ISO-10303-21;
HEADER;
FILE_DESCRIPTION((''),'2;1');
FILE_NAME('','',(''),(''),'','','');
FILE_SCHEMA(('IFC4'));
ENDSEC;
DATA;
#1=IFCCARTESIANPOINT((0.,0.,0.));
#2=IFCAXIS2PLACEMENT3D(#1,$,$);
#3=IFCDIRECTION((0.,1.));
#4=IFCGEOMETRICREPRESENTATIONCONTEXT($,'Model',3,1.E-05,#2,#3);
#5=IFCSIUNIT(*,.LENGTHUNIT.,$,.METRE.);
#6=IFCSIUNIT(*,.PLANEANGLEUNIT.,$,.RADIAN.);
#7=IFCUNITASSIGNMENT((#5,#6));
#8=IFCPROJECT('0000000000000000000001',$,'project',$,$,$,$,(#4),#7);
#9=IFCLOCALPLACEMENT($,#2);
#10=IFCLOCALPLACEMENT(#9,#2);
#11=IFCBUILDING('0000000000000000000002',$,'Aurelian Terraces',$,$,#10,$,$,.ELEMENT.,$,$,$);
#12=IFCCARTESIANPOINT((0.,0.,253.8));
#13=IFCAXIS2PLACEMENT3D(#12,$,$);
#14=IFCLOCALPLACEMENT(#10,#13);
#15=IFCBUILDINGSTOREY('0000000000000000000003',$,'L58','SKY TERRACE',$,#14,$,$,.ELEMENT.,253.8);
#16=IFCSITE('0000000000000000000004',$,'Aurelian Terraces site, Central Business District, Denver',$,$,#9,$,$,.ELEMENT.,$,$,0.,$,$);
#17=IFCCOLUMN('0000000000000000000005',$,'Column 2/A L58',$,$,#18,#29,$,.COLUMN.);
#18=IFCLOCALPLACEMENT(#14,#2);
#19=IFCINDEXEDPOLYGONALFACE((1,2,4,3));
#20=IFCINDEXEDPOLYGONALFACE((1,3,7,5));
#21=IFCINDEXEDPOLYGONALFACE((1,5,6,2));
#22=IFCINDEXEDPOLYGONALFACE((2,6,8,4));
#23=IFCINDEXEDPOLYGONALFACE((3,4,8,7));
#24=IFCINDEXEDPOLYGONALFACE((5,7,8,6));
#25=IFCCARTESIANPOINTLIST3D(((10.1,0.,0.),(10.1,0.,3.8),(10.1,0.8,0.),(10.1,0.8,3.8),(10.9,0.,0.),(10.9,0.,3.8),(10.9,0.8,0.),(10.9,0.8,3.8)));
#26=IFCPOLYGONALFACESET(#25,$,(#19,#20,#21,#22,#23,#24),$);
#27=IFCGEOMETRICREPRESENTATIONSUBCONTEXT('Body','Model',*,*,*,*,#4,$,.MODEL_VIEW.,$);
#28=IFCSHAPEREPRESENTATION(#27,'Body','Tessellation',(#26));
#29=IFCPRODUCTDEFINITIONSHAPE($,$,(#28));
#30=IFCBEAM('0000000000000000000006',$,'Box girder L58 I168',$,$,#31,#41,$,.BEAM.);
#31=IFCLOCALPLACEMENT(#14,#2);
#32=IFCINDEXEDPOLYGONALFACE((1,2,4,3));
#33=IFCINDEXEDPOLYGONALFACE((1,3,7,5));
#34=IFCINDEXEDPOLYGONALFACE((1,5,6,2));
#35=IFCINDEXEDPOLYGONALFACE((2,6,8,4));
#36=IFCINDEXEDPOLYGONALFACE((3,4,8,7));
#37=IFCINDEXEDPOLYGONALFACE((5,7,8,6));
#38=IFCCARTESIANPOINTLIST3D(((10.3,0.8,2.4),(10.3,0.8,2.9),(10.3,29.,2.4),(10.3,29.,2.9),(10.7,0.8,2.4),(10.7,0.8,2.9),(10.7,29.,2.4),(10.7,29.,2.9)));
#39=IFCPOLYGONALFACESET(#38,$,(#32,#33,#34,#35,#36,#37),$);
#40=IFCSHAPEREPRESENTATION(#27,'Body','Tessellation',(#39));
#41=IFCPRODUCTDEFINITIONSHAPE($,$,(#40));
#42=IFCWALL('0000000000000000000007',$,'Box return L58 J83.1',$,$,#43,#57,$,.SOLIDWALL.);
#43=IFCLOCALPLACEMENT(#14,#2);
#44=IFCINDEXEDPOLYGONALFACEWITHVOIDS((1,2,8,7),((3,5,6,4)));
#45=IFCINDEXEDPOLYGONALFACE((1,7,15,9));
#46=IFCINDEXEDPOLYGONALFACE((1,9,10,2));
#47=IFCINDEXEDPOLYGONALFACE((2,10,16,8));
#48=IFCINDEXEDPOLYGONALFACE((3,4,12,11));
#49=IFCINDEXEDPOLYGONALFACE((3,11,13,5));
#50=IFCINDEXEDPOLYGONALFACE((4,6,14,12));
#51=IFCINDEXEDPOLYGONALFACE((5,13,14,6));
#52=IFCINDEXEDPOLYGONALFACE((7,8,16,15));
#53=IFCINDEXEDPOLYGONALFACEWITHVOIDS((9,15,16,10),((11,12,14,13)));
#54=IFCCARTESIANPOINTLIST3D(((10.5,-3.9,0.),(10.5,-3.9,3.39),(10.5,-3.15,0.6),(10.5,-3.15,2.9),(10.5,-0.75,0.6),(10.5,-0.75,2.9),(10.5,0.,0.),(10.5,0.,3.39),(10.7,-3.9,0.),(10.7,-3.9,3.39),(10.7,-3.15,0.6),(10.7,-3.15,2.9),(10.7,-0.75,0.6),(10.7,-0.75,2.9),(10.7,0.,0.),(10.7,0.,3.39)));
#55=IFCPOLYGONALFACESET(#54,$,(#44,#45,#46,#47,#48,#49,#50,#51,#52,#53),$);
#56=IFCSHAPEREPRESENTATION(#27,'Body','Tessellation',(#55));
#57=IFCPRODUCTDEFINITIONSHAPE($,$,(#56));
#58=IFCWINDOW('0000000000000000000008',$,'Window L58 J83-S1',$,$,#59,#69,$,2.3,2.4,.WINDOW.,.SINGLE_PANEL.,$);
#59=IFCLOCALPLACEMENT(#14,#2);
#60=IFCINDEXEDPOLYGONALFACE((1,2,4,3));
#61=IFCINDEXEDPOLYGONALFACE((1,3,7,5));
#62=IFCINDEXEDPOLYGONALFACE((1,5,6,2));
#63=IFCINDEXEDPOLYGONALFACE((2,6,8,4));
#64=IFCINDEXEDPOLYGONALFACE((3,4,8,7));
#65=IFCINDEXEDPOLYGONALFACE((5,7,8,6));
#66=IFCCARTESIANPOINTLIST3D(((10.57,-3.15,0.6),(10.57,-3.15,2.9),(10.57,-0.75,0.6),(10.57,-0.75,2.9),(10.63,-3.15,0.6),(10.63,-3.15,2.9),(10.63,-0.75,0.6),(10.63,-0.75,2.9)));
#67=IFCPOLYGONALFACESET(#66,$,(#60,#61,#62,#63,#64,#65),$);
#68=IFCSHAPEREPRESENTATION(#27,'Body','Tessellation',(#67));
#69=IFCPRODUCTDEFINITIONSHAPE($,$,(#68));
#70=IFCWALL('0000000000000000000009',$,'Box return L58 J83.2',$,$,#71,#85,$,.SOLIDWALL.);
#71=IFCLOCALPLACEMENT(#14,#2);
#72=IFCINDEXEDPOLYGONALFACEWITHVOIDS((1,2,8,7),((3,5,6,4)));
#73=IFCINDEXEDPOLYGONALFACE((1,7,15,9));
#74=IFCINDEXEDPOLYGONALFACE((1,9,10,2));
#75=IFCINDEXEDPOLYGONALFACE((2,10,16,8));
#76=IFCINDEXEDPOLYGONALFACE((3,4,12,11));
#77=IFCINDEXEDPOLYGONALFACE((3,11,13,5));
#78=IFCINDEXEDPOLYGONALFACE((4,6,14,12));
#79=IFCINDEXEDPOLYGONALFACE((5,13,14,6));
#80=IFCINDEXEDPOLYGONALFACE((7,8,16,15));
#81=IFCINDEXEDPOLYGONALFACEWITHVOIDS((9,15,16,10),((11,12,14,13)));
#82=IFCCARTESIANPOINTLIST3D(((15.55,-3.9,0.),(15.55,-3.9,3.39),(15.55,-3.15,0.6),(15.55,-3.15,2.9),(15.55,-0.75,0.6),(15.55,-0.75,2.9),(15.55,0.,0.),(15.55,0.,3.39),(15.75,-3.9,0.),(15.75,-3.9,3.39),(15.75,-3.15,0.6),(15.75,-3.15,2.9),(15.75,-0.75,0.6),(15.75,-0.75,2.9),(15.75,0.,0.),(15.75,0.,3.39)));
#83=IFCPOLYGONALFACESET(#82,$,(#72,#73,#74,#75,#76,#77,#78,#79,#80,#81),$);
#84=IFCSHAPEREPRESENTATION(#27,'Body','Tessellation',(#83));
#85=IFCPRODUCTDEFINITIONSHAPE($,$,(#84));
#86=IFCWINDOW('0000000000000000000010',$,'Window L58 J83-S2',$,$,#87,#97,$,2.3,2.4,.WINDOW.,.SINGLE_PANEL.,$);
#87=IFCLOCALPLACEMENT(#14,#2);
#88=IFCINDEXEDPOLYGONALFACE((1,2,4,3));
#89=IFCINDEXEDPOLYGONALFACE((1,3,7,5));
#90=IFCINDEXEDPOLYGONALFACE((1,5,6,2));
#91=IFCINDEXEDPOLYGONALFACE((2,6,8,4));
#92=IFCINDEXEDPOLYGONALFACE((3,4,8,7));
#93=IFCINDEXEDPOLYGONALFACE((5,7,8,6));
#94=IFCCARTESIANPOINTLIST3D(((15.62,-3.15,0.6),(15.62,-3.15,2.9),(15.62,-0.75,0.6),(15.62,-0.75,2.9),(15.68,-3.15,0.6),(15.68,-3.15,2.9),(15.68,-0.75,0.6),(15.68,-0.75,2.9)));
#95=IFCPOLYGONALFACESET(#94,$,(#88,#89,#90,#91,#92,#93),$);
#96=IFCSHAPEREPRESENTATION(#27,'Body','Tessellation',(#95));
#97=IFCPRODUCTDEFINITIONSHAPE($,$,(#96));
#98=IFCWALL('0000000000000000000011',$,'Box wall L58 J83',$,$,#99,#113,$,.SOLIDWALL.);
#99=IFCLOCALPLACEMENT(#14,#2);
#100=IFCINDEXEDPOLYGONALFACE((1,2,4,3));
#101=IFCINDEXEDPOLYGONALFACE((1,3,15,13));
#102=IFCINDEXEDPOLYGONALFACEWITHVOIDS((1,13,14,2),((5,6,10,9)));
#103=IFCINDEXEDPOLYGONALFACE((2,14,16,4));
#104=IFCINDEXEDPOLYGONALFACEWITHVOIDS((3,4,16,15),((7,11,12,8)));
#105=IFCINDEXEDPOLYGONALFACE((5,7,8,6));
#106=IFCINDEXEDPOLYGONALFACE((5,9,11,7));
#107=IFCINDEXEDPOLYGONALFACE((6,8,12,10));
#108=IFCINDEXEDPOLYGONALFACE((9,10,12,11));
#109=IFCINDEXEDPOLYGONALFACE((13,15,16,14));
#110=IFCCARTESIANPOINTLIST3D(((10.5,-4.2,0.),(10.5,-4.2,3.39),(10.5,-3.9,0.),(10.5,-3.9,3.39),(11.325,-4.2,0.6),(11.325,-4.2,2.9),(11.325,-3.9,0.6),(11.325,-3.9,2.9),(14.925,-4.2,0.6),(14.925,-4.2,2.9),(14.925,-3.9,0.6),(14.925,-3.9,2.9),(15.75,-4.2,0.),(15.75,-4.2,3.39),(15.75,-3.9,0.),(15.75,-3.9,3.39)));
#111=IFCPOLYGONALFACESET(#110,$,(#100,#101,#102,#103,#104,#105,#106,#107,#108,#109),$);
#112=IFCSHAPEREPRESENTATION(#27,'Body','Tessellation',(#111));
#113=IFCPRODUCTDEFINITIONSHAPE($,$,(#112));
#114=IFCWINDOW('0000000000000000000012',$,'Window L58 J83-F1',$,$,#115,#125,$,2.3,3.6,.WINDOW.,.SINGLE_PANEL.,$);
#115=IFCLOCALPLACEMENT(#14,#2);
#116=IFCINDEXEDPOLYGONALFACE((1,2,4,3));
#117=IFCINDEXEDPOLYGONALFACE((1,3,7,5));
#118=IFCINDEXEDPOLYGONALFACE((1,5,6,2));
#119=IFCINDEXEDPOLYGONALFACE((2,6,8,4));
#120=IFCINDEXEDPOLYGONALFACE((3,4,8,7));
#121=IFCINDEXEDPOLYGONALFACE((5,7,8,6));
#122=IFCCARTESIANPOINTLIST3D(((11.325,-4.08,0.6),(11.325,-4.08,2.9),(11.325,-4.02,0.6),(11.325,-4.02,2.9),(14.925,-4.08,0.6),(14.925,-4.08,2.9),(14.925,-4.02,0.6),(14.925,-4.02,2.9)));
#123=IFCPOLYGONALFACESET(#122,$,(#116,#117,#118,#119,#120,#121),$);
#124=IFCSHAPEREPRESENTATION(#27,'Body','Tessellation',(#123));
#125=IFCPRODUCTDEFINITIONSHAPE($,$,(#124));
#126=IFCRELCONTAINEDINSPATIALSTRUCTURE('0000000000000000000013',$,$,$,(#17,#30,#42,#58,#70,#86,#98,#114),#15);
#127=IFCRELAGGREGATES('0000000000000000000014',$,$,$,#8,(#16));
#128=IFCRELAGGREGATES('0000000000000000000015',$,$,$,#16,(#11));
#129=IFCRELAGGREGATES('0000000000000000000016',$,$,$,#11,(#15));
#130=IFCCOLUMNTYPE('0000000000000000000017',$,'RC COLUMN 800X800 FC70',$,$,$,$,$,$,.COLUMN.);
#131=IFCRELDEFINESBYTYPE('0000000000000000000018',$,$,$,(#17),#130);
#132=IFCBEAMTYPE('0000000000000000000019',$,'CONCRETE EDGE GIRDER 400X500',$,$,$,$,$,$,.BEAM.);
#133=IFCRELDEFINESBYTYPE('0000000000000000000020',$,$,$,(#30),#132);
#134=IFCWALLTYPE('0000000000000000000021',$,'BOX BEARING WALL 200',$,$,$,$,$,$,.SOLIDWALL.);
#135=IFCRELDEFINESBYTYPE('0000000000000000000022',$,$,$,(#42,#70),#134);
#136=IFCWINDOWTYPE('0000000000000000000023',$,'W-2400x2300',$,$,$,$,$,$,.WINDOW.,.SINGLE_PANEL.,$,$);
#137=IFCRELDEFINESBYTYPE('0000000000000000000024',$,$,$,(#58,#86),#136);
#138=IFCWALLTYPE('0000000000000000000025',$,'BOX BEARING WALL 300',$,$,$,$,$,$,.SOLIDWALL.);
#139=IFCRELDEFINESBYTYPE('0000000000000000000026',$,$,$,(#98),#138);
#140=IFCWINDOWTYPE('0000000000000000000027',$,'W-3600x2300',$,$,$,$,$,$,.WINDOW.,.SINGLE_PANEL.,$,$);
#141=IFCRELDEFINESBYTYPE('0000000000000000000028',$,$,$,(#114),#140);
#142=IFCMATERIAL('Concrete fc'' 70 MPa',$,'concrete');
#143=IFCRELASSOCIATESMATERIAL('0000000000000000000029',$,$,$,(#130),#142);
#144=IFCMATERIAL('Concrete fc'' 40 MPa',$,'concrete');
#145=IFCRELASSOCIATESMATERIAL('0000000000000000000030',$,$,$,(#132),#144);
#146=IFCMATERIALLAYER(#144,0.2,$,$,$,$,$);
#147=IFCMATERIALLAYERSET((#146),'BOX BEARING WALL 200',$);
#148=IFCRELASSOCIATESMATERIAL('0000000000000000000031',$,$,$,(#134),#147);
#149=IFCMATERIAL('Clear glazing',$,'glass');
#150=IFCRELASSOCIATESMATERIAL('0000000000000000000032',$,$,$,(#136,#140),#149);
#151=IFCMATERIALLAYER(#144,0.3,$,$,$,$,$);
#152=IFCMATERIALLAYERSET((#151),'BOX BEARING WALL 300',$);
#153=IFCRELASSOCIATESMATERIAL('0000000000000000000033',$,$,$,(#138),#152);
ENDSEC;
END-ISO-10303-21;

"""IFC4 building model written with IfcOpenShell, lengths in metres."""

from ifc_helpers import new_model, si_unit, direction, frame, frame_2d, origin, origin_2d, place, context, subcontext, project, spatial, rectangle, extrude, source, transform, mapped, material, layer, layer_set, material_profile, profile_set, type_object, element, fill, save


model = new_model("IFC4")

# Units and contexts
model_context = context("Model", 3, precision=1e-05, world=origin(), true_north=direction((0.0, 1.0)))
body_context = subcontext(model_context, "Body", "Model", "MODEL_VIEW")
ifc_project = project(units=[si_unit("LENGTHUNIT", "METRE"), si_unit("PLANEANGLEUNIT", "RADIAN")], contexts=[model_context])

# Site, building, storey
site_placement = place(None, origin())
site = spatial("IfcSite", under=ifc_project, at=site_placement, Name="Aurelian Terraces site, Central Business District, Denver", CompositionType="ELEMENT", RefElevation=0.0)
building_placement = place(site_placement, origin())
building = spatial("IfcBuilding", under=site, at=building_placement, Name="Aurelian Terraces", CompositionType="ELEMENT")
storey_placement = place(building_placement, frame((0.0, 0.0, 253.8)))
storey = spatial("IfcBuildingStorey", under=building, at=storey_placement, Name="L58", Description="SKY TERRACE", CompositionType="ELEMENT", Elevation=253.8)

# Column
ifc_material_1 = material(Name="Concrete fc' 70 MPa", Category="concrete")
ifc_material_profile_1 = material_profile(ifc_material_1, rectangle(XDim=0.8, YDim=0.8, at=origin_2d()))
ifc_profile_set_1 = profile_set([ifc_material_profile_1], Name="Concrete fc' 70 MPa")
column_type = type_object("IfcColumnType", Name="RC COLUMN 800X800 FC70", PredefinedType="COLUMN", material=ifc_profile_set_1)
shared_shape_1 = source(origin(), body_context, "Body", "SweptSolid", [
    extrude(rectangle(XDim=0.8, YDim=0.8, at=origin_2d()), origin(), (0.0, 0.0, 1.0), 3.8),
])
column_placement = place(storey_placement, frame((10.5, 0.4, 0.0), z_axis=(0.0, 0.0, 1.0), x_axis=(1.0, 0.0, 0.0)))
element("IfcColumn", 1, at=column_placement, inside=storey, type_object=column_type, Name="Column 2/A L58", PredefinedType="COLUMN", context=body_context, shape_type="MappedRepresentation", body=[
    mapped(shared_shape_1, transform((0.0, 0.0, 0.0), scale=1.0)),
])

# Beam
ifc_material_2 = material(Name="Concrete fc' 40 MPa", Category="concrete")
ifc_material_profile_2 = material_profile(ifc_material_2, rectangle(XDim=0.4, YDim=0.5, at=origin_2d()))
ifc_profile_set_2 = profile_set([ifc_material_profile_2], Name="Concrete fc' 40 MPa")
beam_type = type_object("IfcBeamType", Name="CONCRETE EDGE GIRDER 400X500", PredefinedType="BEAM", material=ifc_profile_set_2)
shared_shape_2 = source(origin(), body_context, "Body", "SweptSolid", [
    extrude(rectangle(XDim=0.4, YDim=0.5, at=origin_2d()), origin(), (0.0, 0.0, 1.0), 28.2),
])
beam_placement = place(storey_placement, frame((10.5, 0.8, 2.65), z_axis=(0.0, 1.0, 0.0), x_axis=(-1.0, 0.0, 0.0)))
element("IfcBeam", 2, at=beam_placement, inside=storey, type_object=beam_type, Name="Box girder L58 I168", PredefinedType="BEAM", context=body_context, shape_type="MappedRepresentation", body=[
    mapped(shared_shape_2, transform((0.0, 0.0, 0.0), scale=1.0)),
])

# Walls, openings, windows
ifc_layer_1 = layer(ifc_material_2, 0.2)
ifc_layer_set_1 = layer_set([ifc_layer_1], Name="BOX BEARING WALL 200")
wall_type_1 = type_object("IfcWallType", Name="BOX BEARING WALL 200", PredefinedType="SOLIDWALL", material=ifc_layer_set_1)
shared_shape_3 = source(origin(), body_context, "Body", "SweptSolid", [
    extrude(rectangle(XDim=3.9, YDim=0.2, at=frame_2d((1.95, 0.0))), origin(), (0.0, 0.0, 1.0), 3.39),
])
wall_1_placement = place(storey_placement, frame((10.6, 0.0, 0.0), z_axis=(0.0, 0.0, 1.0), x_axis=(0.0, -1.0, 0.0)))
wall_1 = element("IfcWall", 3, at=wall_1_placement, inside=storey, type_object=wall_type_1, Name="Box return L58 J83.1", PredefinedType="SOLIDWALL", context=body_context, shape_type="MappedRepresentation", body=[
    mapped(shared_shape_3, transform((0.0, 0.0, 0.0), scale=1.0)),
])
shared_shape_4 = source(origin(), body_context, "Body", "SweptSolid", [
    extrude(rectangle(XDim=2.4, YDim=2.3, at=frame_2d((1.2, 1.15))), frame((0.0, 0.11, 0.0), z_axis=(0.0, -1.0, 0.0), x_axis=(1.0, 0.0, 0.0)), (0.0, 0.0, 1.0), 0.22),
])
opening_1_placement = place(wall_1_placement, frame((0.75, 0.0, 0.6)))
opening_1 = element("IfcOpeningElement", 4, at=opening_1_placement, cuts=wall_1, PredefinedType="OPENING", context=body_context, shape_type="MappedRepresentation", body=[
    mapped(shared_shape_4, transform((0.0, 0.0, 0.0), scale=1.0)),
])
ifc_material_3 = material(Name="Clear glazing", Category="glass")
window_type_1 = type_object("IfcWindowType", Name="W-2400x2300", PartitioningType="SINGLE_PANEL", PredefinedType="WINDOW", material=ifc_material_3)
shared_shape_5 = source(origin(), body_context, "Body", "SweptSolid", [
    extrude(rectangle(XDim=2.4, YDim=2.3, at=frame_2d((1.2, 1.15))), frame((0.0, 0.03, 0.0), z_axis=(0.0, -1.0, 0.0), x_axis=(1.0, 0.0, 0.0)), (0.0, 0.0, 1.0), 0.06),
])
window_1_placement = place(opening_1_placement, origin())
window_1 = element("IfcWindow", 5, at=window_1_placement, inside=storey, type_object=window_type_1, Name="Window L58 J83-S1", OverallHeight=2.3, OverallWidth=2.4, PartitioningType="SINGLE_PANEL", PredefinedType="WINDOW", context=body_context, shape_type="MappedRepresentation", body=[
    mapped(shared_shape_5, transform((0.0, 0.0, 0.0), scale=1.0)),
])
fill(opening_1, window_1)
wall_2_placement = place(storey_placement, frame((15.65, 0.0, 0.0), z_axis=(0.0, 0.0, 1.0), x_axis=(0.0, -1.0, 0.0)))
wall_2 = element("IfcWall", 6, at=wall_2_placement, inside=storey, type_object=wall_type_1, Name="Box return L58 J83.2", PredefinedType="SOLIDWALL", context=body_context, shape_type="MappedRepresentation", body=[
    mapped(shared_shape_3, transform((0.0, 0.0, 0.0), scale=1.0)),
])
opening_2_placement = place(wall_2_placement, frame((0.75, 0.0, 0.6)))
opening_2 = element("IfcOpeningElement", 7, at=opening_2_placement, cuts=wall_2, PredefinedType="OPENING", context=body_context, shape_type="MappedRepresentation", body=[
    mapped(shared_shape_4, transform((0.0, 0.0, 0.0), scale=1.0)),
])
window_2_placement = place(opening_2_placement, origin())
window_2 = element("IfcWindow", 8, at=window_2_placement, inside=storey, type_object=window_type_1, Name="Window L58 J83-S2", OverallHeight=2.3, OverallWidth=2.4, PartitioningType="SINGLE_PANEL", PredefinedType="WINDOW", context=body_context, shape_type="MappedRepresentation", body=[
    mapped(shared_shape_5, transform((0.0, 0.0, 0.0), scale=1.0)),
])
fill(opening_2, window_2)
ifc_layer_2 = layer(ifc_material_2, 0.3)
ifc_layer_set_2 = layer_set([ifc_layer_2], Name="BOX BEARING WALL 300")
wall_type_2 = type_object("IfcWallType", Name="BOX BEARING WALL 300", PredefinedType="SOLIDWALL", material=ifc_layer_set_2)
shared_shape_6 = source(origin(), body_context, "Body", "SweptSolid", [
    extrude(rectangle(XDim=5.25, YDim=0.3, at=frame_2d((2.625, 0.0))), origin(), (0.0, 0.0, 1.0), 3.39),
])
wall_3_placement = place(storey_placement, frame((10.5, -4.05, 0.0), z_axis=(0.0, 0.0, 1.0), x_axis=(1.0, 0.0, 0.0)))
wall_3 = element("IfcWall", 9, at=wall_3_placement, inside=storey, type_object=wall_type_2, Name="Box wall L58 J83", PredefinedType="SOLIDWALL", context=body_context, shape_type="MappedRepresentation", body=[
    mapped(shared_shape_6, transform((0.0, 0.0, 0.0), scale=1.0)),
])
shared_shape_7 = source(origin(), body_context, "Body", "SweptSolid", [
    extrude(rectangle(XDim=3.6, YDim=2.3, at=frame_2d((1.8, 1.15))), frame((0.0, 0.16, 0.0), z_axis=(0.0, -1.0, 0.0), x_axis=(1.0, 0.0, 0.0)), (0.0, 0.0, 1.0), 0.32),
])
opening_3_placement = place(wall_3_placement, frame((0.825, 0.0, 0.6)))
opening_3 = element("IfcOpeningElement", 10, at=opening_3_placement, cuts=wall_3, PredefinedType="OPENING", context=body_context, shape_type="MappedRepresentation", body=[
    mapped(shared_shape_7, transform((0.0, 0.0, 0.0), scale=1.0)),
])
window_type_2 = type_object("IfcWindowType", Name="W-3600x2300", PartitioningType="SINGLE_PANEL", PredefinedType="WINDOW", material=ifc_material_3)
shared_shape_8 = source(origin(), body_context, "Body", "SweptSolid", [
    extrude(rectangle(XDim=3.6, YDim=2.3, at=frame_2d((1.8, 1.15))), frame((0.0, 0.03, 0.0), z_axis=(0.0, -1.0, 0.0), x_axis=(1.0, 0.0, 0.0)), (0.0, 0.0, 1.0), 0.06),
])
window_3_placement = place(opening_3_placement, origin())
window_3 = element("IfcWindow", 11, at=window_3_placement, inside=storey, type_object=window_type_2, Name="Window L58 J83-F1", OverallHeight=2.3, OverallWidth=3.6, PartitioningType="SINGLE_PANEL", PredefinedType="WINDOW", context=body_context, shape_type="MappedRepresentation", body=[
    mapped(shared_shape_8, transform((0.0, 0.0, 0.0), scale=1.0)),
])
fill(opening_3, window_3)

save(model, "model.ifc")
